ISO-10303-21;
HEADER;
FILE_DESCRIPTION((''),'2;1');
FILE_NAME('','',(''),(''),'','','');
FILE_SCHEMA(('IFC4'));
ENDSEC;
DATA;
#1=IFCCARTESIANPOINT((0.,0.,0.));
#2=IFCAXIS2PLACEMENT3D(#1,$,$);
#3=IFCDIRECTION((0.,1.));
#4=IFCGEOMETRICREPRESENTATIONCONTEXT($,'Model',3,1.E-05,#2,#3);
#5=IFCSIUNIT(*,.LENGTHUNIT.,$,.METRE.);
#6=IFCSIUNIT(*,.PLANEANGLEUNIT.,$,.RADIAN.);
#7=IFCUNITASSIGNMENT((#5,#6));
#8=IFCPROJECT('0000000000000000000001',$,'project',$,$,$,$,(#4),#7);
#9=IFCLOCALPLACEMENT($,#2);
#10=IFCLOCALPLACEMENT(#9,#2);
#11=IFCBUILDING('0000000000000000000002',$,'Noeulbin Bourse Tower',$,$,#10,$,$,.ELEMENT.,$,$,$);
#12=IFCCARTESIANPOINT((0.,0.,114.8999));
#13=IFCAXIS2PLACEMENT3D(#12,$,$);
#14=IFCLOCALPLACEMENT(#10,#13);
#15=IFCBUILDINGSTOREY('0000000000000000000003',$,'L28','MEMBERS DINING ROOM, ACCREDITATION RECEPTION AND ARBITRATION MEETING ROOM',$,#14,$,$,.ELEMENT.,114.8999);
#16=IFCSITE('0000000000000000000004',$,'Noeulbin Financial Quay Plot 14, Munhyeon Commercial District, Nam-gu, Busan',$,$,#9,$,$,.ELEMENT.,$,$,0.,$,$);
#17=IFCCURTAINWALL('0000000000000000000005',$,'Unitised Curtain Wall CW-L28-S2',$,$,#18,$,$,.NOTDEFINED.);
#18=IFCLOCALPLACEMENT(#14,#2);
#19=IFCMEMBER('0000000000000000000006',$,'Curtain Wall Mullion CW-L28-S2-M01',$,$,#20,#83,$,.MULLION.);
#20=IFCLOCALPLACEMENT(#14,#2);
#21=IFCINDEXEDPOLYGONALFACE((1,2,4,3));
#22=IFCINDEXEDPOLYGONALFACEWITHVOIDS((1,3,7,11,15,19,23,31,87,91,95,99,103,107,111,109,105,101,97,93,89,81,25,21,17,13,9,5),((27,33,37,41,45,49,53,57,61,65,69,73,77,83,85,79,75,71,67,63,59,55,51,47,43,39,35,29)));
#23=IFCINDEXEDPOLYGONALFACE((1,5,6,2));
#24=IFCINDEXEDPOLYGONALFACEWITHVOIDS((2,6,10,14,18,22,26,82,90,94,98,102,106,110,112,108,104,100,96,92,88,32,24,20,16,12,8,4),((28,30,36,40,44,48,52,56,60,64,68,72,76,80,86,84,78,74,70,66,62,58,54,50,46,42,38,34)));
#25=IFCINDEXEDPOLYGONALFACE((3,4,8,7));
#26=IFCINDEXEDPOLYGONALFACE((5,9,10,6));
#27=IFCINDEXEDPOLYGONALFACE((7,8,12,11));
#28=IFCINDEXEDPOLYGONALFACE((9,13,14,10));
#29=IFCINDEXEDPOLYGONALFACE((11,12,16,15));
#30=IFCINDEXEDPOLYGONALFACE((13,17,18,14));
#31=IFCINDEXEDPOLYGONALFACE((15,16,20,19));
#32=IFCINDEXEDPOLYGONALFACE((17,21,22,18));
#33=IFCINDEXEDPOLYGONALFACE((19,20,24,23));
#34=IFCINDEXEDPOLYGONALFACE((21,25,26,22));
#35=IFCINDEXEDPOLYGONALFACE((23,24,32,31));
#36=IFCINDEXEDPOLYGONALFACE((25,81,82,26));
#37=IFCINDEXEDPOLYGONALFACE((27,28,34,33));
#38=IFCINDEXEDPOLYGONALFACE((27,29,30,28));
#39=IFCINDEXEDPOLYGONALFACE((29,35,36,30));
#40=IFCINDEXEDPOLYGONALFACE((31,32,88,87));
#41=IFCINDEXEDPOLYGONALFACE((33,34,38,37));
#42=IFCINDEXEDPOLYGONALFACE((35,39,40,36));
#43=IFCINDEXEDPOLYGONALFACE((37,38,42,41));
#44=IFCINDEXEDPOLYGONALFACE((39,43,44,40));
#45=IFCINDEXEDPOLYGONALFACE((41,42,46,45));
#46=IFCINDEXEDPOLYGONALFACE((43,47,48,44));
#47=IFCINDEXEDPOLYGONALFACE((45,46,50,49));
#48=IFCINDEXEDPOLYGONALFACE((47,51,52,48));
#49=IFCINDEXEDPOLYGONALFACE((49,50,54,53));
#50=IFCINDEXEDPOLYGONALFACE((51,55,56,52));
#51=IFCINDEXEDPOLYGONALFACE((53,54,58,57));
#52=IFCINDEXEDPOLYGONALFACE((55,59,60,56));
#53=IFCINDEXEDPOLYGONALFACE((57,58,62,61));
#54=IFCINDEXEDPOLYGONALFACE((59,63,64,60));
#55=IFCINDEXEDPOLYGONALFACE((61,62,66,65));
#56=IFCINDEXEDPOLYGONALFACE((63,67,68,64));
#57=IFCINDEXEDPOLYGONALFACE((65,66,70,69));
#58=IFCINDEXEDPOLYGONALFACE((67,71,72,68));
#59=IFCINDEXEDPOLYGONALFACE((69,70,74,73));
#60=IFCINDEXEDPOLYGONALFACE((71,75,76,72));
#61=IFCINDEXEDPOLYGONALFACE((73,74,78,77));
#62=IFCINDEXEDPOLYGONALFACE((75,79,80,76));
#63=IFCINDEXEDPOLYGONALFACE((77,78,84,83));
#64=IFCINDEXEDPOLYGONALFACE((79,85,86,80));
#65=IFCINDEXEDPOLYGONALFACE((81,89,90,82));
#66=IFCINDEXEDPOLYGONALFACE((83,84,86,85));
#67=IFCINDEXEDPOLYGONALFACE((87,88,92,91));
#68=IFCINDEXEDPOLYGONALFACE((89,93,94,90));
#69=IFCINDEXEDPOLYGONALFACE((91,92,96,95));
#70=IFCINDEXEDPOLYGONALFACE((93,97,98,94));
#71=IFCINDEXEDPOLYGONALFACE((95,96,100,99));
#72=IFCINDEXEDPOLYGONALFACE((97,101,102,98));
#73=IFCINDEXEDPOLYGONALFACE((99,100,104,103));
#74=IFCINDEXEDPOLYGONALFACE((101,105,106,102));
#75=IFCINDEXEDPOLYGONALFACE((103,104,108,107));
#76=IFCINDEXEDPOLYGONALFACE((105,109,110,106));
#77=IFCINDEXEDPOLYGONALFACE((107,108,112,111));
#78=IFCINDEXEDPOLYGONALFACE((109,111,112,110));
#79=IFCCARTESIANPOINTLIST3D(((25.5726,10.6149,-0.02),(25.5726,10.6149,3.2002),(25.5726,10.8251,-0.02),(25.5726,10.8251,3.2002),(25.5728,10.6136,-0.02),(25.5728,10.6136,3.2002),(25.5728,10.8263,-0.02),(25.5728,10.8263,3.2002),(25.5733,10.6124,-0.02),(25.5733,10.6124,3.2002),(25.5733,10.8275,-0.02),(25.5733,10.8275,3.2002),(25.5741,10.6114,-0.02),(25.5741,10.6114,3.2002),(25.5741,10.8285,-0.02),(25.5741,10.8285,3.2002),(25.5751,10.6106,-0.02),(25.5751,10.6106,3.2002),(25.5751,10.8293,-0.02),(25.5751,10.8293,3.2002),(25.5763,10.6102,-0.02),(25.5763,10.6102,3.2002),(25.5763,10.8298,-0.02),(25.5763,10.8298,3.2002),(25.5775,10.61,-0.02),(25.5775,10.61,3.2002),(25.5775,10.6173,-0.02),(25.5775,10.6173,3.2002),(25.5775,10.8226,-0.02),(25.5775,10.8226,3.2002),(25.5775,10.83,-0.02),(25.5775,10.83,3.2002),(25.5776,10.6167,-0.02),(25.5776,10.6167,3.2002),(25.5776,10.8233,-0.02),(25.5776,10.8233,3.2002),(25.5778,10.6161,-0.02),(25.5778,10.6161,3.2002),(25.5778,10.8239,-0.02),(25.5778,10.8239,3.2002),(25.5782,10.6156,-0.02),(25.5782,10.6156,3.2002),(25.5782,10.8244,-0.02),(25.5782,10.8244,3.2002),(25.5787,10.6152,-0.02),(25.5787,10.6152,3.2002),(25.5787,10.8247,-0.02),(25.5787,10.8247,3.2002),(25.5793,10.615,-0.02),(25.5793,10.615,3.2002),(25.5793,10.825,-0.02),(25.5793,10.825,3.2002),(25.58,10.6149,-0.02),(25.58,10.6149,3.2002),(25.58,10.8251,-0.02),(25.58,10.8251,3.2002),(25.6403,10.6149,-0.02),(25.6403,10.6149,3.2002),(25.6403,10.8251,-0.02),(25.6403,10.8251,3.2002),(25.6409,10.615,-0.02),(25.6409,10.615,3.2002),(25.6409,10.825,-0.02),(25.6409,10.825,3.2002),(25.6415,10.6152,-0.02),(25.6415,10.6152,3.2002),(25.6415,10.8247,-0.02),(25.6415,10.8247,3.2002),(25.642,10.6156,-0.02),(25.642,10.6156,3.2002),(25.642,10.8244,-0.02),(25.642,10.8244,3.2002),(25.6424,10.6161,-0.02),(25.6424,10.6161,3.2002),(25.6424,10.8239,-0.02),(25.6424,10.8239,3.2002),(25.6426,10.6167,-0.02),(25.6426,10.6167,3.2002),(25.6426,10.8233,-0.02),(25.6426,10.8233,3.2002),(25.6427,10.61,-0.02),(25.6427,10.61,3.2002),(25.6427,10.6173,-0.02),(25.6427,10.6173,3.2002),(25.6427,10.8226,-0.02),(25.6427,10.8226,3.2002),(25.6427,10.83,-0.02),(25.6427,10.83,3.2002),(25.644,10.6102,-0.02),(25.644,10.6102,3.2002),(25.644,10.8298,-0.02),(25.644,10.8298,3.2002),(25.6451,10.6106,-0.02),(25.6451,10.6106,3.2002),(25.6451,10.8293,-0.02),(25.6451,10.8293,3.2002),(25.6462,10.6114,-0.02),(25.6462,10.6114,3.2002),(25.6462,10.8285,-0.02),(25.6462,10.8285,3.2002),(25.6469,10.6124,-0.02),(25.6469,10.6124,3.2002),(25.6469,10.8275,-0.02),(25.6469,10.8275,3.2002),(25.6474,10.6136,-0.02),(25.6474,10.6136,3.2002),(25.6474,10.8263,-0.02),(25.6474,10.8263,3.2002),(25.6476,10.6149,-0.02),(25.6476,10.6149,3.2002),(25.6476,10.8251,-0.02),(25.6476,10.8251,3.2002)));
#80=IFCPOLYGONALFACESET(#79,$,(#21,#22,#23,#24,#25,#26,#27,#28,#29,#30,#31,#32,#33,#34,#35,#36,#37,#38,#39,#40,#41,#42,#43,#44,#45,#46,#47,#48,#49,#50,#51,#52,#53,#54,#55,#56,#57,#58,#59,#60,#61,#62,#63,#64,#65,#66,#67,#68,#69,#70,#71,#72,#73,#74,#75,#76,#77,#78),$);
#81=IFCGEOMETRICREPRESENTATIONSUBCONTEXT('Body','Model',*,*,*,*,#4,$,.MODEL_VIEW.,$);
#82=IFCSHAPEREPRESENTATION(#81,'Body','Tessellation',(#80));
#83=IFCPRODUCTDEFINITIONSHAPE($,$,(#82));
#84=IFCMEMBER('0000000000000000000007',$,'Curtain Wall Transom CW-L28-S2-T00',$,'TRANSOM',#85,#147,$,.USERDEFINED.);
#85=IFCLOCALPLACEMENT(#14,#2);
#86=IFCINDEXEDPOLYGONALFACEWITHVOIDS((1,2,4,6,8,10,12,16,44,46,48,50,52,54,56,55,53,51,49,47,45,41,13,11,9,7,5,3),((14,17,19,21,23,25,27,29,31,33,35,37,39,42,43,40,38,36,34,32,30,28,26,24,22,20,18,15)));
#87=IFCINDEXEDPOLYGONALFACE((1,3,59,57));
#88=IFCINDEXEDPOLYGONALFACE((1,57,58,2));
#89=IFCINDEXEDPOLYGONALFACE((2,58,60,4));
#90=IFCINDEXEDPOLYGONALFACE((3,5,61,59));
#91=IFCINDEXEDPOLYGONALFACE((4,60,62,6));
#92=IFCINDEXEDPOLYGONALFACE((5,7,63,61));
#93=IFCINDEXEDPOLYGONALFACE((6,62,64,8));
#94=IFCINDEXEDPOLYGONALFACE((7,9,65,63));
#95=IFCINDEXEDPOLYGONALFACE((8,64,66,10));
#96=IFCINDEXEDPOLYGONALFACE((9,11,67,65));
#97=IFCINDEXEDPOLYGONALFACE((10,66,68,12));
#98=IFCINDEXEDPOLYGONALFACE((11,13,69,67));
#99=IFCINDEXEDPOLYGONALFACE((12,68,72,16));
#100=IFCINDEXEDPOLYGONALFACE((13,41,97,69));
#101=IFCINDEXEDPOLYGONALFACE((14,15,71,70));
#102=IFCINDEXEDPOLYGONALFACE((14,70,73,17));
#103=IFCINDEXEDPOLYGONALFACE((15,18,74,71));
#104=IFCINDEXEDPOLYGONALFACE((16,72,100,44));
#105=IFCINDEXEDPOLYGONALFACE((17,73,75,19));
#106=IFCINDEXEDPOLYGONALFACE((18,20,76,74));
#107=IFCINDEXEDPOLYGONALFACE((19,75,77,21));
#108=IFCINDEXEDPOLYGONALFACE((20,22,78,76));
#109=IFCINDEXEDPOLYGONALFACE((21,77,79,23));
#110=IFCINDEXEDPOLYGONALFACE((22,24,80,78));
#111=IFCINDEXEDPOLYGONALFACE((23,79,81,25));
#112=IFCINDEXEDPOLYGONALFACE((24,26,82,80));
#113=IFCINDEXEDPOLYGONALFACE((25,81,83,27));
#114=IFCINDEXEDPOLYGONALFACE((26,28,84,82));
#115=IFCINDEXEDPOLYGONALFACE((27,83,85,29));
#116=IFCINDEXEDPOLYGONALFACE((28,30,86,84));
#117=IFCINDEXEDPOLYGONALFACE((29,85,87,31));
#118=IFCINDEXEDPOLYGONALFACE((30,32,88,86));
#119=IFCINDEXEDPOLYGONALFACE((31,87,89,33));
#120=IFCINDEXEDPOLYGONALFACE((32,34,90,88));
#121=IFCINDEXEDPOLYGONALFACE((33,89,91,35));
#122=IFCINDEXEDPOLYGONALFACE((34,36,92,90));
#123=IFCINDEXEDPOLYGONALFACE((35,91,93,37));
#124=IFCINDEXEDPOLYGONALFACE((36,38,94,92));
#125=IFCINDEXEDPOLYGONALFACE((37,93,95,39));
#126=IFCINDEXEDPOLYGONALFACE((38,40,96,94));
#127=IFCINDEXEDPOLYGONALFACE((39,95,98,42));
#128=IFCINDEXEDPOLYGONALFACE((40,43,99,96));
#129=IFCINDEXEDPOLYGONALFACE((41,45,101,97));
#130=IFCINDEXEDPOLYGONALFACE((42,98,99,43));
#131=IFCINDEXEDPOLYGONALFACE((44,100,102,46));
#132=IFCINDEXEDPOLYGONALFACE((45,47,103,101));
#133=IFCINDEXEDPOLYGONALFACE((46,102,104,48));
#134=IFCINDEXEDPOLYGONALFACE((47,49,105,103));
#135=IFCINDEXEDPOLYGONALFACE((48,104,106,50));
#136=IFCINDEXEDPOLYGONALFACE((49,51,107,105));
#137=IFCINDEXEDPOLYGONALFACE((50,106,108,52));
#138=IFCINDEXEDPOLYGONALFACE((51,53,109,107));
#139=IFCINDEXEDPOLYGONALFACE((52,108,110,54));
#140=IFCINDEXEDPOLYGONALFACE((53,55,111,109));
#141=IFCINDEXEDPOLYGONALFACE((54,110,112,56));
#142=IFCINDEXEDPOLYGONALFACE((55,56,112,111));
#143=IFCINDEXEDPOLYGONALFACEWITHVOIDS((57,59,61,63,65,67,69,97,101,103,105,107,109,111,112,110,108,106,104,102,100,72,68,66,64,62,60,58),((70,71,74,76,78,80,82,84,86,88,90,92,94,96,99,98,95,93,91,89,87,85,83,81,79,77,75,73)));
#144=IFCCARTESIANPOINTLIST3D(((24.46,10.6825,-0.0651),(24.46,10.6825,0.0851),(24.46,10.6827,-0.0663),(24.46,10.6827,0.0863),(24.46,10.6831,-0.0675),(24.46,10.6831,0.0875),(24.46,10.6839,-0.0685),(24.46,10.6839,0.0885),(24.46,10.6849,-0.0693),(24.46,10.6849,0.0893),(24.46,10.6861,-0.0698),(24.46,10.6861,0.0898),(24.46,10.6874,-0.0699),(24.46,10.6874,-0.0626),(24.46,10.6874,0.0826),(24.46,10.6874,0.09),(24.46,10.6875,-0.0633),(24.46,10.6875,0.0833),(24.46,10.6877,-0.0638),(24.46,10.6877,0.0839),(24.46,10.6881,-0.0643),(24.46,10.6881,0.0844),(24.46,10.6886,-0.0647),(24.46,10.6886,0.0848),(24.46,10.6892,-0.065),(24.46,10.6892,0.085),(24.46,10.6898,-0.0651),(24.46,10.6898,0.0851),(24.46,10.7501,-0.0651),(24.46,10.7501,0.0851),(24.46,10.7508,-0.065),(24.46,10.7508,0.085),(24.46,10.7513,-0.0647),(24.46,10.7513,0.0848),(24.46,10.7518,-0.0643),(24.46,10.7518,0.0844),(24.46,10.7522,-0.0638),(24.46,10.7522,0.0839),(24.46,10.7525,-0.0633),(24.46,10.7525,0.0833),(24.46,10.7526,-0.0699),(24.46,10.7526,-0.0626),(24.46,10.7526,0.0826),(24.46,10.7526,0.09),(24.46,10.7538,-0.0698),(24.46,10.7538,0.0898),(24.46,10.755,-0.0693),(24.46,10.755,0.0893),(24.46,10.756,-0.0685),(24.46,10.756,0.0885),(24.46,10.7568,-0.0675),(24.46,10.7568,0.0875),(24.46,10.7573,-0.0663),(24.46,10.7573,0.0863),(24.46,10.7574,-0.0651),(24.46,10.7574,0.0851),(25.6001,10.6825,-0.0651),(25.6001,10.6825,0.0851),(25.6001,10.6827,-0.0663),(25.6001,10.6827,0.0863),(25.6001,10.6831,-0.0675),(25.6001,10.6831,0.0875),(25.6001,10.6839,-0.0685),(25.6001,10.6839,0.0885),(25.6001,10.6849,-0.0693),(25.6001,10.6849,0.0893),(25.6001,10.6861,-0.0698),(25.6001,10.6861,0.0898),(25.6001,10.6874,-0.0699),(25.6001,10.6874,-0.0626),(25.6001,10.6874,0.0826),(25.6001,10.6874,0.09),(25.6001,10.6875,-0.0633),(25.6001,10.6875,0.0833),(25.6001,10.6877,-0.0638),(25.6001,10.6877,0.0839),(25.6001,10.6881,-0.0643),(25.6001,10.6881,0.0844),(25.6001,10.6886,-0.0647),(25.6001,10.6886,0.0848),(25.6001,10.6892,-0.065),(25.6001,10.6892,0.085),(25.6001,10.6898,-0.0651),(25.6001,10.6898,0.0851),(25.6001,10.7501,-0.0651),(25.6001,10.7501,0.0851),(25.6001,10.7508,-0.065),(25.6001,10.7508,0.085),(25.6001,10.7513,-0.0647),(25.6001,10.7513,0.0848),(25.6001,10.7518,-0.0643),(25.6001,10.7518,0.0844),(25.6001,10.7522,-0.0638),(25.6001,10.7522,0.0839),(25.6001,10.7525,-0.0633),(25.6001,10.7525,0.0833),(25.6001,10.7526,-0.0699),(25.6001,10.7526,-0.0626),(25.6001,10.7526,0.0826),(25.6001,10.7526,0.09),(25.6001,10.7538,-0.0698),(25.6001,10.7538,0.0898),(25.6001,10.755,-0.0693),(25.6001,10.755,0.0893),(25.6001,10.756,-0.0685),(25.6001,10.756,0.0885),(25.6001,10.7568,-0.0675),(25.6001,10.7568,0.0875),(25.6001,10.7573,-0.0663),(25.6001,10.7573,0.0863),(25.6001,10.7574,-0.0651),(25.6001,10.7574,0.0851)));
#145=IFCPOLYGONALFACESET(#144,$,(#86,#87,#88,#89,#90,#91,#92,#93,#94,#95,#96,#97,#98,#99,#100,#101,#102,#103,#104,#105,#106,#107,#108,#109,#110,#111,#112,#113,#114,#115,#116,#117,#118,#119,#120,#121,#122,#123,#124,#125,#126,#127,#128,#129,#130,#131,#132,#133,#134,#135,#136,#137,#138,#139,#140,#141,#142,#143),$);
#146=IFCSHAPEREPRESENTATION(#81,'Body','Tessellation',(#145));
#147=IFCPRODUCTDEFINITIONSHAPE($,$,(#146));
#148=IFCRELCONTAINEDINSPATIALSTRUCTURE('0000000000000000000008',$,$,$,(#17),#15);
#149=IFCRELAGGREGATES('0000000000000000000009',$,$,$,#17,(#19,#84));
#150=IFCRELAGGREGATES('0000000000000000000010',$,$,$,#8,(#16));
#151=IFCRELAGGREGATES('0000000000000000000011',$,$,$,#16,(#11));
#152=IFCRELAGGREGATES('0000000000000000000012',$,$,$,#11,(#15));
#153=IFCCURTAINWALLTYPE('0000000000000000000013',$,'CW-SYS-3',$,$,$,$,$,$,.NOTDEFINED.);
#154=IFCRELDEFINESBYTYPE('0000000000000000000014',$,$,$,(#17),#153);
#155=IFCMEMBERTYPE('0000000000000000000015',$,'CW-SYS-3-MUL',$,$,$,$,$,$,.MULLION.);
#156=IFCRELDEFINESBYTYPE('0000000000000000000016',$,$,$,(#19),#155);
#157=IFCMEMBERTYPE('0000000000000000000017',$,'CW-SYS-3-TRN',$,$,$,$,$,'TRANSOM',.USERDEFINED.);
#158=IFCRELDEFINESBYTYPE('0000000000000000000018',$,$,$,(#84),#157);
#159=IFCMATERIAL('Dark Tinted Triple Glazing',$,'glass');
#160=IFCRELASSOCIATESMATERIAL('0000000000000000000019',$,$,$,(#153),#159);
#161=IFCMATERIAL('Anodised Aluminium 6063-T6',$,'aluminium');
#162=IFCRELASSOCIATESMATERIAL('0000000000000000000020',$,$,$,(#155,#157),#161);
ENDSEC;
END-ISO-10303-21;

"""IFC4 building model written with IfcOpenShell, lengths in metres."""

from ifc_helpers import new_model, si_unit, direction, frame, origin, origin_2d, place, context, subcontext, project, spatial, hollow_rectangle, extrude, material, material_profile, profile_set, type_object, element, aggregate, save


model = new_model("IFC4")

# Units and contexts
model_context = context("Model", 3, precision=1e-05, world=origin(), true_north=direction((0.0, 1.0)))
body_context = subcontext(model_context, "Body", "Model", "MODEL_VIEW")
ifc_project = project(units=[si_unit("LENGTHUNIT", "METRE"), si_unit("PLANEANGLEUNIT", "RADIAN")], contexts=[model_context])

# Site, building, storey
site_placement = place(None, origin())
site = spatial("IfcSite", under=ifc_project, at=site_placement, Name="Noeulbin Financial Quay Plot 14, Munhyeon Commercial District, Nam-gu, Busan", CompositionType="ELEMENT", RefElevation=0.0)
building_placement = place(site_placement, origin())
building = spatial("IfcBuilding", under=site, at=building_placement, Name="Noeulbin Bourse Tower", CompositionType="ELEMENT")
storey_placement = place(building_placement, frame((0.0, 0.0, 114.8999)))
storey = spatial("IfcBuildingStorey", under=building, at=storey_placement, Name="L28", Description="MEMBERS DINING ROOM, ACCREDITATION RECEPTION AND ARBITRATION MEETING ROOM", CompositionType="ELEMENT", Elevation=114.8999)

# Shared definitions
ifc_material_1 = material(Name="Dark Tinted Triple Glazing", Category="glass")
curtain_wall_type = type_object("IfcCurtainWallType", Name="CW-SYS-3", PredefinedType="NOTDEFINED", material=ifc_material_1)
ifc_material_2 = material(Name="Anodised Aluminium 6063-T6", Category="aluminium")
ifc_material_profile_1 = material_profile(ifc_material_2, hollow_rectangle(XDim=0.075, YDim=0.22, WallThickness=0.0049, InnerFilletRadius=0.0024, OuterFilletRadius=0.0049, at=origin_2d()), Name="ALU-MULL-75x220x5", Category="LoadBearing")
ifc_profile_set_1 = profile_set([ifc_material_profile_1], Name="Anodised Aluminium 6063-T6")
member_type_1 = type_object("IfcMemberType", Name="CW-SYS-3-MUL", PredefinedType="MULLION", material=ifc_profile_set_1)

# Curtain wall, members
curtain_wall_1_placement = place(storey_placement, origin())
curtain_wall_1 = element("IfcCurtainWall", 1, at=curtain_wall_1_placement, inside=storey, type_object=curtain_wall_type, Name="Unitised Curtain Wall CW-L28-S2", PredefinedType="NOTDEFINED")
member_1_placement = place(storey_placement, frame((25.6101, 10.72, -0.02), z_axis=(0.0, 0.0, 1.0), x_axis=(1.0, 0.0, 0.0)))
member_1 = element("IfcMember", 2, at=member_1_placement, type_object=member_type_1, Name="Curtain Wall Mullion CW-L28-S2-M01", PredefinedType="MULLION", context=body_context, shape_type="SweptSolid", body=[
    extrude(hollow_rectangle(XDim=0.075, YDim=0.22, WallThickness=0.0049, InnerFilletRadius=0.0024, OuterFilletRadius=0.0049, at=origin_2d()), origin(), (0.0, 0.0, 1.0), 3.2202),
])
ifc_material_profile_2 = material_profile(ifc_material_2, hollow_rectangle(XDim=0.075, YDim=0.1599, WallThickness=0.0049, InnerFilletRadius=0.0024, OuterFilletRadius=0.0049, at=origin_2d()), Name="ALU-TRAN-75x160x5", Category="LoadBearing")
ifc_profile_set_2 = profile_set([ifc_material_profile_2], Name="Anodised Aluminium 6063-T6")
member_type_2 = type_object("IfcMemberType", Name="CW-SYS-3-TRN", ElementType="TRANSOM", PredefinedType="USERDEFINED", material=ifc_profile_set_2)
member_2_placement = place(storey_placement, frame((24.46, 10.72, 0.01), z_axis=(1.0, 0.0, 0.0), x_axis=(0.0, 1.0, 0.0)))
member_2 = element("IfcMember", 3, at=member_2_placement, type_object=member_type_2, Name="Curtain Wall Transom CW-L28-S2-T00", ObjectType="TRANSOM", PredefinedType="USERDEFINED", context=body_context, shape_type="SweptSolid", body=[
    extrude(hollow_rectangle(XDim=0.075, YDim=0.1599, WallThickness=0.0049, InnerFilletRadius=0.0024, OuterFilletRadius=0.0049, at=origin_2d()), origin(), (0.0, 0.0, 1.0), 1.1401),
])

aggregate(curtain_wall_1, [member_1, member_2])

save(model, "model.ifc")
